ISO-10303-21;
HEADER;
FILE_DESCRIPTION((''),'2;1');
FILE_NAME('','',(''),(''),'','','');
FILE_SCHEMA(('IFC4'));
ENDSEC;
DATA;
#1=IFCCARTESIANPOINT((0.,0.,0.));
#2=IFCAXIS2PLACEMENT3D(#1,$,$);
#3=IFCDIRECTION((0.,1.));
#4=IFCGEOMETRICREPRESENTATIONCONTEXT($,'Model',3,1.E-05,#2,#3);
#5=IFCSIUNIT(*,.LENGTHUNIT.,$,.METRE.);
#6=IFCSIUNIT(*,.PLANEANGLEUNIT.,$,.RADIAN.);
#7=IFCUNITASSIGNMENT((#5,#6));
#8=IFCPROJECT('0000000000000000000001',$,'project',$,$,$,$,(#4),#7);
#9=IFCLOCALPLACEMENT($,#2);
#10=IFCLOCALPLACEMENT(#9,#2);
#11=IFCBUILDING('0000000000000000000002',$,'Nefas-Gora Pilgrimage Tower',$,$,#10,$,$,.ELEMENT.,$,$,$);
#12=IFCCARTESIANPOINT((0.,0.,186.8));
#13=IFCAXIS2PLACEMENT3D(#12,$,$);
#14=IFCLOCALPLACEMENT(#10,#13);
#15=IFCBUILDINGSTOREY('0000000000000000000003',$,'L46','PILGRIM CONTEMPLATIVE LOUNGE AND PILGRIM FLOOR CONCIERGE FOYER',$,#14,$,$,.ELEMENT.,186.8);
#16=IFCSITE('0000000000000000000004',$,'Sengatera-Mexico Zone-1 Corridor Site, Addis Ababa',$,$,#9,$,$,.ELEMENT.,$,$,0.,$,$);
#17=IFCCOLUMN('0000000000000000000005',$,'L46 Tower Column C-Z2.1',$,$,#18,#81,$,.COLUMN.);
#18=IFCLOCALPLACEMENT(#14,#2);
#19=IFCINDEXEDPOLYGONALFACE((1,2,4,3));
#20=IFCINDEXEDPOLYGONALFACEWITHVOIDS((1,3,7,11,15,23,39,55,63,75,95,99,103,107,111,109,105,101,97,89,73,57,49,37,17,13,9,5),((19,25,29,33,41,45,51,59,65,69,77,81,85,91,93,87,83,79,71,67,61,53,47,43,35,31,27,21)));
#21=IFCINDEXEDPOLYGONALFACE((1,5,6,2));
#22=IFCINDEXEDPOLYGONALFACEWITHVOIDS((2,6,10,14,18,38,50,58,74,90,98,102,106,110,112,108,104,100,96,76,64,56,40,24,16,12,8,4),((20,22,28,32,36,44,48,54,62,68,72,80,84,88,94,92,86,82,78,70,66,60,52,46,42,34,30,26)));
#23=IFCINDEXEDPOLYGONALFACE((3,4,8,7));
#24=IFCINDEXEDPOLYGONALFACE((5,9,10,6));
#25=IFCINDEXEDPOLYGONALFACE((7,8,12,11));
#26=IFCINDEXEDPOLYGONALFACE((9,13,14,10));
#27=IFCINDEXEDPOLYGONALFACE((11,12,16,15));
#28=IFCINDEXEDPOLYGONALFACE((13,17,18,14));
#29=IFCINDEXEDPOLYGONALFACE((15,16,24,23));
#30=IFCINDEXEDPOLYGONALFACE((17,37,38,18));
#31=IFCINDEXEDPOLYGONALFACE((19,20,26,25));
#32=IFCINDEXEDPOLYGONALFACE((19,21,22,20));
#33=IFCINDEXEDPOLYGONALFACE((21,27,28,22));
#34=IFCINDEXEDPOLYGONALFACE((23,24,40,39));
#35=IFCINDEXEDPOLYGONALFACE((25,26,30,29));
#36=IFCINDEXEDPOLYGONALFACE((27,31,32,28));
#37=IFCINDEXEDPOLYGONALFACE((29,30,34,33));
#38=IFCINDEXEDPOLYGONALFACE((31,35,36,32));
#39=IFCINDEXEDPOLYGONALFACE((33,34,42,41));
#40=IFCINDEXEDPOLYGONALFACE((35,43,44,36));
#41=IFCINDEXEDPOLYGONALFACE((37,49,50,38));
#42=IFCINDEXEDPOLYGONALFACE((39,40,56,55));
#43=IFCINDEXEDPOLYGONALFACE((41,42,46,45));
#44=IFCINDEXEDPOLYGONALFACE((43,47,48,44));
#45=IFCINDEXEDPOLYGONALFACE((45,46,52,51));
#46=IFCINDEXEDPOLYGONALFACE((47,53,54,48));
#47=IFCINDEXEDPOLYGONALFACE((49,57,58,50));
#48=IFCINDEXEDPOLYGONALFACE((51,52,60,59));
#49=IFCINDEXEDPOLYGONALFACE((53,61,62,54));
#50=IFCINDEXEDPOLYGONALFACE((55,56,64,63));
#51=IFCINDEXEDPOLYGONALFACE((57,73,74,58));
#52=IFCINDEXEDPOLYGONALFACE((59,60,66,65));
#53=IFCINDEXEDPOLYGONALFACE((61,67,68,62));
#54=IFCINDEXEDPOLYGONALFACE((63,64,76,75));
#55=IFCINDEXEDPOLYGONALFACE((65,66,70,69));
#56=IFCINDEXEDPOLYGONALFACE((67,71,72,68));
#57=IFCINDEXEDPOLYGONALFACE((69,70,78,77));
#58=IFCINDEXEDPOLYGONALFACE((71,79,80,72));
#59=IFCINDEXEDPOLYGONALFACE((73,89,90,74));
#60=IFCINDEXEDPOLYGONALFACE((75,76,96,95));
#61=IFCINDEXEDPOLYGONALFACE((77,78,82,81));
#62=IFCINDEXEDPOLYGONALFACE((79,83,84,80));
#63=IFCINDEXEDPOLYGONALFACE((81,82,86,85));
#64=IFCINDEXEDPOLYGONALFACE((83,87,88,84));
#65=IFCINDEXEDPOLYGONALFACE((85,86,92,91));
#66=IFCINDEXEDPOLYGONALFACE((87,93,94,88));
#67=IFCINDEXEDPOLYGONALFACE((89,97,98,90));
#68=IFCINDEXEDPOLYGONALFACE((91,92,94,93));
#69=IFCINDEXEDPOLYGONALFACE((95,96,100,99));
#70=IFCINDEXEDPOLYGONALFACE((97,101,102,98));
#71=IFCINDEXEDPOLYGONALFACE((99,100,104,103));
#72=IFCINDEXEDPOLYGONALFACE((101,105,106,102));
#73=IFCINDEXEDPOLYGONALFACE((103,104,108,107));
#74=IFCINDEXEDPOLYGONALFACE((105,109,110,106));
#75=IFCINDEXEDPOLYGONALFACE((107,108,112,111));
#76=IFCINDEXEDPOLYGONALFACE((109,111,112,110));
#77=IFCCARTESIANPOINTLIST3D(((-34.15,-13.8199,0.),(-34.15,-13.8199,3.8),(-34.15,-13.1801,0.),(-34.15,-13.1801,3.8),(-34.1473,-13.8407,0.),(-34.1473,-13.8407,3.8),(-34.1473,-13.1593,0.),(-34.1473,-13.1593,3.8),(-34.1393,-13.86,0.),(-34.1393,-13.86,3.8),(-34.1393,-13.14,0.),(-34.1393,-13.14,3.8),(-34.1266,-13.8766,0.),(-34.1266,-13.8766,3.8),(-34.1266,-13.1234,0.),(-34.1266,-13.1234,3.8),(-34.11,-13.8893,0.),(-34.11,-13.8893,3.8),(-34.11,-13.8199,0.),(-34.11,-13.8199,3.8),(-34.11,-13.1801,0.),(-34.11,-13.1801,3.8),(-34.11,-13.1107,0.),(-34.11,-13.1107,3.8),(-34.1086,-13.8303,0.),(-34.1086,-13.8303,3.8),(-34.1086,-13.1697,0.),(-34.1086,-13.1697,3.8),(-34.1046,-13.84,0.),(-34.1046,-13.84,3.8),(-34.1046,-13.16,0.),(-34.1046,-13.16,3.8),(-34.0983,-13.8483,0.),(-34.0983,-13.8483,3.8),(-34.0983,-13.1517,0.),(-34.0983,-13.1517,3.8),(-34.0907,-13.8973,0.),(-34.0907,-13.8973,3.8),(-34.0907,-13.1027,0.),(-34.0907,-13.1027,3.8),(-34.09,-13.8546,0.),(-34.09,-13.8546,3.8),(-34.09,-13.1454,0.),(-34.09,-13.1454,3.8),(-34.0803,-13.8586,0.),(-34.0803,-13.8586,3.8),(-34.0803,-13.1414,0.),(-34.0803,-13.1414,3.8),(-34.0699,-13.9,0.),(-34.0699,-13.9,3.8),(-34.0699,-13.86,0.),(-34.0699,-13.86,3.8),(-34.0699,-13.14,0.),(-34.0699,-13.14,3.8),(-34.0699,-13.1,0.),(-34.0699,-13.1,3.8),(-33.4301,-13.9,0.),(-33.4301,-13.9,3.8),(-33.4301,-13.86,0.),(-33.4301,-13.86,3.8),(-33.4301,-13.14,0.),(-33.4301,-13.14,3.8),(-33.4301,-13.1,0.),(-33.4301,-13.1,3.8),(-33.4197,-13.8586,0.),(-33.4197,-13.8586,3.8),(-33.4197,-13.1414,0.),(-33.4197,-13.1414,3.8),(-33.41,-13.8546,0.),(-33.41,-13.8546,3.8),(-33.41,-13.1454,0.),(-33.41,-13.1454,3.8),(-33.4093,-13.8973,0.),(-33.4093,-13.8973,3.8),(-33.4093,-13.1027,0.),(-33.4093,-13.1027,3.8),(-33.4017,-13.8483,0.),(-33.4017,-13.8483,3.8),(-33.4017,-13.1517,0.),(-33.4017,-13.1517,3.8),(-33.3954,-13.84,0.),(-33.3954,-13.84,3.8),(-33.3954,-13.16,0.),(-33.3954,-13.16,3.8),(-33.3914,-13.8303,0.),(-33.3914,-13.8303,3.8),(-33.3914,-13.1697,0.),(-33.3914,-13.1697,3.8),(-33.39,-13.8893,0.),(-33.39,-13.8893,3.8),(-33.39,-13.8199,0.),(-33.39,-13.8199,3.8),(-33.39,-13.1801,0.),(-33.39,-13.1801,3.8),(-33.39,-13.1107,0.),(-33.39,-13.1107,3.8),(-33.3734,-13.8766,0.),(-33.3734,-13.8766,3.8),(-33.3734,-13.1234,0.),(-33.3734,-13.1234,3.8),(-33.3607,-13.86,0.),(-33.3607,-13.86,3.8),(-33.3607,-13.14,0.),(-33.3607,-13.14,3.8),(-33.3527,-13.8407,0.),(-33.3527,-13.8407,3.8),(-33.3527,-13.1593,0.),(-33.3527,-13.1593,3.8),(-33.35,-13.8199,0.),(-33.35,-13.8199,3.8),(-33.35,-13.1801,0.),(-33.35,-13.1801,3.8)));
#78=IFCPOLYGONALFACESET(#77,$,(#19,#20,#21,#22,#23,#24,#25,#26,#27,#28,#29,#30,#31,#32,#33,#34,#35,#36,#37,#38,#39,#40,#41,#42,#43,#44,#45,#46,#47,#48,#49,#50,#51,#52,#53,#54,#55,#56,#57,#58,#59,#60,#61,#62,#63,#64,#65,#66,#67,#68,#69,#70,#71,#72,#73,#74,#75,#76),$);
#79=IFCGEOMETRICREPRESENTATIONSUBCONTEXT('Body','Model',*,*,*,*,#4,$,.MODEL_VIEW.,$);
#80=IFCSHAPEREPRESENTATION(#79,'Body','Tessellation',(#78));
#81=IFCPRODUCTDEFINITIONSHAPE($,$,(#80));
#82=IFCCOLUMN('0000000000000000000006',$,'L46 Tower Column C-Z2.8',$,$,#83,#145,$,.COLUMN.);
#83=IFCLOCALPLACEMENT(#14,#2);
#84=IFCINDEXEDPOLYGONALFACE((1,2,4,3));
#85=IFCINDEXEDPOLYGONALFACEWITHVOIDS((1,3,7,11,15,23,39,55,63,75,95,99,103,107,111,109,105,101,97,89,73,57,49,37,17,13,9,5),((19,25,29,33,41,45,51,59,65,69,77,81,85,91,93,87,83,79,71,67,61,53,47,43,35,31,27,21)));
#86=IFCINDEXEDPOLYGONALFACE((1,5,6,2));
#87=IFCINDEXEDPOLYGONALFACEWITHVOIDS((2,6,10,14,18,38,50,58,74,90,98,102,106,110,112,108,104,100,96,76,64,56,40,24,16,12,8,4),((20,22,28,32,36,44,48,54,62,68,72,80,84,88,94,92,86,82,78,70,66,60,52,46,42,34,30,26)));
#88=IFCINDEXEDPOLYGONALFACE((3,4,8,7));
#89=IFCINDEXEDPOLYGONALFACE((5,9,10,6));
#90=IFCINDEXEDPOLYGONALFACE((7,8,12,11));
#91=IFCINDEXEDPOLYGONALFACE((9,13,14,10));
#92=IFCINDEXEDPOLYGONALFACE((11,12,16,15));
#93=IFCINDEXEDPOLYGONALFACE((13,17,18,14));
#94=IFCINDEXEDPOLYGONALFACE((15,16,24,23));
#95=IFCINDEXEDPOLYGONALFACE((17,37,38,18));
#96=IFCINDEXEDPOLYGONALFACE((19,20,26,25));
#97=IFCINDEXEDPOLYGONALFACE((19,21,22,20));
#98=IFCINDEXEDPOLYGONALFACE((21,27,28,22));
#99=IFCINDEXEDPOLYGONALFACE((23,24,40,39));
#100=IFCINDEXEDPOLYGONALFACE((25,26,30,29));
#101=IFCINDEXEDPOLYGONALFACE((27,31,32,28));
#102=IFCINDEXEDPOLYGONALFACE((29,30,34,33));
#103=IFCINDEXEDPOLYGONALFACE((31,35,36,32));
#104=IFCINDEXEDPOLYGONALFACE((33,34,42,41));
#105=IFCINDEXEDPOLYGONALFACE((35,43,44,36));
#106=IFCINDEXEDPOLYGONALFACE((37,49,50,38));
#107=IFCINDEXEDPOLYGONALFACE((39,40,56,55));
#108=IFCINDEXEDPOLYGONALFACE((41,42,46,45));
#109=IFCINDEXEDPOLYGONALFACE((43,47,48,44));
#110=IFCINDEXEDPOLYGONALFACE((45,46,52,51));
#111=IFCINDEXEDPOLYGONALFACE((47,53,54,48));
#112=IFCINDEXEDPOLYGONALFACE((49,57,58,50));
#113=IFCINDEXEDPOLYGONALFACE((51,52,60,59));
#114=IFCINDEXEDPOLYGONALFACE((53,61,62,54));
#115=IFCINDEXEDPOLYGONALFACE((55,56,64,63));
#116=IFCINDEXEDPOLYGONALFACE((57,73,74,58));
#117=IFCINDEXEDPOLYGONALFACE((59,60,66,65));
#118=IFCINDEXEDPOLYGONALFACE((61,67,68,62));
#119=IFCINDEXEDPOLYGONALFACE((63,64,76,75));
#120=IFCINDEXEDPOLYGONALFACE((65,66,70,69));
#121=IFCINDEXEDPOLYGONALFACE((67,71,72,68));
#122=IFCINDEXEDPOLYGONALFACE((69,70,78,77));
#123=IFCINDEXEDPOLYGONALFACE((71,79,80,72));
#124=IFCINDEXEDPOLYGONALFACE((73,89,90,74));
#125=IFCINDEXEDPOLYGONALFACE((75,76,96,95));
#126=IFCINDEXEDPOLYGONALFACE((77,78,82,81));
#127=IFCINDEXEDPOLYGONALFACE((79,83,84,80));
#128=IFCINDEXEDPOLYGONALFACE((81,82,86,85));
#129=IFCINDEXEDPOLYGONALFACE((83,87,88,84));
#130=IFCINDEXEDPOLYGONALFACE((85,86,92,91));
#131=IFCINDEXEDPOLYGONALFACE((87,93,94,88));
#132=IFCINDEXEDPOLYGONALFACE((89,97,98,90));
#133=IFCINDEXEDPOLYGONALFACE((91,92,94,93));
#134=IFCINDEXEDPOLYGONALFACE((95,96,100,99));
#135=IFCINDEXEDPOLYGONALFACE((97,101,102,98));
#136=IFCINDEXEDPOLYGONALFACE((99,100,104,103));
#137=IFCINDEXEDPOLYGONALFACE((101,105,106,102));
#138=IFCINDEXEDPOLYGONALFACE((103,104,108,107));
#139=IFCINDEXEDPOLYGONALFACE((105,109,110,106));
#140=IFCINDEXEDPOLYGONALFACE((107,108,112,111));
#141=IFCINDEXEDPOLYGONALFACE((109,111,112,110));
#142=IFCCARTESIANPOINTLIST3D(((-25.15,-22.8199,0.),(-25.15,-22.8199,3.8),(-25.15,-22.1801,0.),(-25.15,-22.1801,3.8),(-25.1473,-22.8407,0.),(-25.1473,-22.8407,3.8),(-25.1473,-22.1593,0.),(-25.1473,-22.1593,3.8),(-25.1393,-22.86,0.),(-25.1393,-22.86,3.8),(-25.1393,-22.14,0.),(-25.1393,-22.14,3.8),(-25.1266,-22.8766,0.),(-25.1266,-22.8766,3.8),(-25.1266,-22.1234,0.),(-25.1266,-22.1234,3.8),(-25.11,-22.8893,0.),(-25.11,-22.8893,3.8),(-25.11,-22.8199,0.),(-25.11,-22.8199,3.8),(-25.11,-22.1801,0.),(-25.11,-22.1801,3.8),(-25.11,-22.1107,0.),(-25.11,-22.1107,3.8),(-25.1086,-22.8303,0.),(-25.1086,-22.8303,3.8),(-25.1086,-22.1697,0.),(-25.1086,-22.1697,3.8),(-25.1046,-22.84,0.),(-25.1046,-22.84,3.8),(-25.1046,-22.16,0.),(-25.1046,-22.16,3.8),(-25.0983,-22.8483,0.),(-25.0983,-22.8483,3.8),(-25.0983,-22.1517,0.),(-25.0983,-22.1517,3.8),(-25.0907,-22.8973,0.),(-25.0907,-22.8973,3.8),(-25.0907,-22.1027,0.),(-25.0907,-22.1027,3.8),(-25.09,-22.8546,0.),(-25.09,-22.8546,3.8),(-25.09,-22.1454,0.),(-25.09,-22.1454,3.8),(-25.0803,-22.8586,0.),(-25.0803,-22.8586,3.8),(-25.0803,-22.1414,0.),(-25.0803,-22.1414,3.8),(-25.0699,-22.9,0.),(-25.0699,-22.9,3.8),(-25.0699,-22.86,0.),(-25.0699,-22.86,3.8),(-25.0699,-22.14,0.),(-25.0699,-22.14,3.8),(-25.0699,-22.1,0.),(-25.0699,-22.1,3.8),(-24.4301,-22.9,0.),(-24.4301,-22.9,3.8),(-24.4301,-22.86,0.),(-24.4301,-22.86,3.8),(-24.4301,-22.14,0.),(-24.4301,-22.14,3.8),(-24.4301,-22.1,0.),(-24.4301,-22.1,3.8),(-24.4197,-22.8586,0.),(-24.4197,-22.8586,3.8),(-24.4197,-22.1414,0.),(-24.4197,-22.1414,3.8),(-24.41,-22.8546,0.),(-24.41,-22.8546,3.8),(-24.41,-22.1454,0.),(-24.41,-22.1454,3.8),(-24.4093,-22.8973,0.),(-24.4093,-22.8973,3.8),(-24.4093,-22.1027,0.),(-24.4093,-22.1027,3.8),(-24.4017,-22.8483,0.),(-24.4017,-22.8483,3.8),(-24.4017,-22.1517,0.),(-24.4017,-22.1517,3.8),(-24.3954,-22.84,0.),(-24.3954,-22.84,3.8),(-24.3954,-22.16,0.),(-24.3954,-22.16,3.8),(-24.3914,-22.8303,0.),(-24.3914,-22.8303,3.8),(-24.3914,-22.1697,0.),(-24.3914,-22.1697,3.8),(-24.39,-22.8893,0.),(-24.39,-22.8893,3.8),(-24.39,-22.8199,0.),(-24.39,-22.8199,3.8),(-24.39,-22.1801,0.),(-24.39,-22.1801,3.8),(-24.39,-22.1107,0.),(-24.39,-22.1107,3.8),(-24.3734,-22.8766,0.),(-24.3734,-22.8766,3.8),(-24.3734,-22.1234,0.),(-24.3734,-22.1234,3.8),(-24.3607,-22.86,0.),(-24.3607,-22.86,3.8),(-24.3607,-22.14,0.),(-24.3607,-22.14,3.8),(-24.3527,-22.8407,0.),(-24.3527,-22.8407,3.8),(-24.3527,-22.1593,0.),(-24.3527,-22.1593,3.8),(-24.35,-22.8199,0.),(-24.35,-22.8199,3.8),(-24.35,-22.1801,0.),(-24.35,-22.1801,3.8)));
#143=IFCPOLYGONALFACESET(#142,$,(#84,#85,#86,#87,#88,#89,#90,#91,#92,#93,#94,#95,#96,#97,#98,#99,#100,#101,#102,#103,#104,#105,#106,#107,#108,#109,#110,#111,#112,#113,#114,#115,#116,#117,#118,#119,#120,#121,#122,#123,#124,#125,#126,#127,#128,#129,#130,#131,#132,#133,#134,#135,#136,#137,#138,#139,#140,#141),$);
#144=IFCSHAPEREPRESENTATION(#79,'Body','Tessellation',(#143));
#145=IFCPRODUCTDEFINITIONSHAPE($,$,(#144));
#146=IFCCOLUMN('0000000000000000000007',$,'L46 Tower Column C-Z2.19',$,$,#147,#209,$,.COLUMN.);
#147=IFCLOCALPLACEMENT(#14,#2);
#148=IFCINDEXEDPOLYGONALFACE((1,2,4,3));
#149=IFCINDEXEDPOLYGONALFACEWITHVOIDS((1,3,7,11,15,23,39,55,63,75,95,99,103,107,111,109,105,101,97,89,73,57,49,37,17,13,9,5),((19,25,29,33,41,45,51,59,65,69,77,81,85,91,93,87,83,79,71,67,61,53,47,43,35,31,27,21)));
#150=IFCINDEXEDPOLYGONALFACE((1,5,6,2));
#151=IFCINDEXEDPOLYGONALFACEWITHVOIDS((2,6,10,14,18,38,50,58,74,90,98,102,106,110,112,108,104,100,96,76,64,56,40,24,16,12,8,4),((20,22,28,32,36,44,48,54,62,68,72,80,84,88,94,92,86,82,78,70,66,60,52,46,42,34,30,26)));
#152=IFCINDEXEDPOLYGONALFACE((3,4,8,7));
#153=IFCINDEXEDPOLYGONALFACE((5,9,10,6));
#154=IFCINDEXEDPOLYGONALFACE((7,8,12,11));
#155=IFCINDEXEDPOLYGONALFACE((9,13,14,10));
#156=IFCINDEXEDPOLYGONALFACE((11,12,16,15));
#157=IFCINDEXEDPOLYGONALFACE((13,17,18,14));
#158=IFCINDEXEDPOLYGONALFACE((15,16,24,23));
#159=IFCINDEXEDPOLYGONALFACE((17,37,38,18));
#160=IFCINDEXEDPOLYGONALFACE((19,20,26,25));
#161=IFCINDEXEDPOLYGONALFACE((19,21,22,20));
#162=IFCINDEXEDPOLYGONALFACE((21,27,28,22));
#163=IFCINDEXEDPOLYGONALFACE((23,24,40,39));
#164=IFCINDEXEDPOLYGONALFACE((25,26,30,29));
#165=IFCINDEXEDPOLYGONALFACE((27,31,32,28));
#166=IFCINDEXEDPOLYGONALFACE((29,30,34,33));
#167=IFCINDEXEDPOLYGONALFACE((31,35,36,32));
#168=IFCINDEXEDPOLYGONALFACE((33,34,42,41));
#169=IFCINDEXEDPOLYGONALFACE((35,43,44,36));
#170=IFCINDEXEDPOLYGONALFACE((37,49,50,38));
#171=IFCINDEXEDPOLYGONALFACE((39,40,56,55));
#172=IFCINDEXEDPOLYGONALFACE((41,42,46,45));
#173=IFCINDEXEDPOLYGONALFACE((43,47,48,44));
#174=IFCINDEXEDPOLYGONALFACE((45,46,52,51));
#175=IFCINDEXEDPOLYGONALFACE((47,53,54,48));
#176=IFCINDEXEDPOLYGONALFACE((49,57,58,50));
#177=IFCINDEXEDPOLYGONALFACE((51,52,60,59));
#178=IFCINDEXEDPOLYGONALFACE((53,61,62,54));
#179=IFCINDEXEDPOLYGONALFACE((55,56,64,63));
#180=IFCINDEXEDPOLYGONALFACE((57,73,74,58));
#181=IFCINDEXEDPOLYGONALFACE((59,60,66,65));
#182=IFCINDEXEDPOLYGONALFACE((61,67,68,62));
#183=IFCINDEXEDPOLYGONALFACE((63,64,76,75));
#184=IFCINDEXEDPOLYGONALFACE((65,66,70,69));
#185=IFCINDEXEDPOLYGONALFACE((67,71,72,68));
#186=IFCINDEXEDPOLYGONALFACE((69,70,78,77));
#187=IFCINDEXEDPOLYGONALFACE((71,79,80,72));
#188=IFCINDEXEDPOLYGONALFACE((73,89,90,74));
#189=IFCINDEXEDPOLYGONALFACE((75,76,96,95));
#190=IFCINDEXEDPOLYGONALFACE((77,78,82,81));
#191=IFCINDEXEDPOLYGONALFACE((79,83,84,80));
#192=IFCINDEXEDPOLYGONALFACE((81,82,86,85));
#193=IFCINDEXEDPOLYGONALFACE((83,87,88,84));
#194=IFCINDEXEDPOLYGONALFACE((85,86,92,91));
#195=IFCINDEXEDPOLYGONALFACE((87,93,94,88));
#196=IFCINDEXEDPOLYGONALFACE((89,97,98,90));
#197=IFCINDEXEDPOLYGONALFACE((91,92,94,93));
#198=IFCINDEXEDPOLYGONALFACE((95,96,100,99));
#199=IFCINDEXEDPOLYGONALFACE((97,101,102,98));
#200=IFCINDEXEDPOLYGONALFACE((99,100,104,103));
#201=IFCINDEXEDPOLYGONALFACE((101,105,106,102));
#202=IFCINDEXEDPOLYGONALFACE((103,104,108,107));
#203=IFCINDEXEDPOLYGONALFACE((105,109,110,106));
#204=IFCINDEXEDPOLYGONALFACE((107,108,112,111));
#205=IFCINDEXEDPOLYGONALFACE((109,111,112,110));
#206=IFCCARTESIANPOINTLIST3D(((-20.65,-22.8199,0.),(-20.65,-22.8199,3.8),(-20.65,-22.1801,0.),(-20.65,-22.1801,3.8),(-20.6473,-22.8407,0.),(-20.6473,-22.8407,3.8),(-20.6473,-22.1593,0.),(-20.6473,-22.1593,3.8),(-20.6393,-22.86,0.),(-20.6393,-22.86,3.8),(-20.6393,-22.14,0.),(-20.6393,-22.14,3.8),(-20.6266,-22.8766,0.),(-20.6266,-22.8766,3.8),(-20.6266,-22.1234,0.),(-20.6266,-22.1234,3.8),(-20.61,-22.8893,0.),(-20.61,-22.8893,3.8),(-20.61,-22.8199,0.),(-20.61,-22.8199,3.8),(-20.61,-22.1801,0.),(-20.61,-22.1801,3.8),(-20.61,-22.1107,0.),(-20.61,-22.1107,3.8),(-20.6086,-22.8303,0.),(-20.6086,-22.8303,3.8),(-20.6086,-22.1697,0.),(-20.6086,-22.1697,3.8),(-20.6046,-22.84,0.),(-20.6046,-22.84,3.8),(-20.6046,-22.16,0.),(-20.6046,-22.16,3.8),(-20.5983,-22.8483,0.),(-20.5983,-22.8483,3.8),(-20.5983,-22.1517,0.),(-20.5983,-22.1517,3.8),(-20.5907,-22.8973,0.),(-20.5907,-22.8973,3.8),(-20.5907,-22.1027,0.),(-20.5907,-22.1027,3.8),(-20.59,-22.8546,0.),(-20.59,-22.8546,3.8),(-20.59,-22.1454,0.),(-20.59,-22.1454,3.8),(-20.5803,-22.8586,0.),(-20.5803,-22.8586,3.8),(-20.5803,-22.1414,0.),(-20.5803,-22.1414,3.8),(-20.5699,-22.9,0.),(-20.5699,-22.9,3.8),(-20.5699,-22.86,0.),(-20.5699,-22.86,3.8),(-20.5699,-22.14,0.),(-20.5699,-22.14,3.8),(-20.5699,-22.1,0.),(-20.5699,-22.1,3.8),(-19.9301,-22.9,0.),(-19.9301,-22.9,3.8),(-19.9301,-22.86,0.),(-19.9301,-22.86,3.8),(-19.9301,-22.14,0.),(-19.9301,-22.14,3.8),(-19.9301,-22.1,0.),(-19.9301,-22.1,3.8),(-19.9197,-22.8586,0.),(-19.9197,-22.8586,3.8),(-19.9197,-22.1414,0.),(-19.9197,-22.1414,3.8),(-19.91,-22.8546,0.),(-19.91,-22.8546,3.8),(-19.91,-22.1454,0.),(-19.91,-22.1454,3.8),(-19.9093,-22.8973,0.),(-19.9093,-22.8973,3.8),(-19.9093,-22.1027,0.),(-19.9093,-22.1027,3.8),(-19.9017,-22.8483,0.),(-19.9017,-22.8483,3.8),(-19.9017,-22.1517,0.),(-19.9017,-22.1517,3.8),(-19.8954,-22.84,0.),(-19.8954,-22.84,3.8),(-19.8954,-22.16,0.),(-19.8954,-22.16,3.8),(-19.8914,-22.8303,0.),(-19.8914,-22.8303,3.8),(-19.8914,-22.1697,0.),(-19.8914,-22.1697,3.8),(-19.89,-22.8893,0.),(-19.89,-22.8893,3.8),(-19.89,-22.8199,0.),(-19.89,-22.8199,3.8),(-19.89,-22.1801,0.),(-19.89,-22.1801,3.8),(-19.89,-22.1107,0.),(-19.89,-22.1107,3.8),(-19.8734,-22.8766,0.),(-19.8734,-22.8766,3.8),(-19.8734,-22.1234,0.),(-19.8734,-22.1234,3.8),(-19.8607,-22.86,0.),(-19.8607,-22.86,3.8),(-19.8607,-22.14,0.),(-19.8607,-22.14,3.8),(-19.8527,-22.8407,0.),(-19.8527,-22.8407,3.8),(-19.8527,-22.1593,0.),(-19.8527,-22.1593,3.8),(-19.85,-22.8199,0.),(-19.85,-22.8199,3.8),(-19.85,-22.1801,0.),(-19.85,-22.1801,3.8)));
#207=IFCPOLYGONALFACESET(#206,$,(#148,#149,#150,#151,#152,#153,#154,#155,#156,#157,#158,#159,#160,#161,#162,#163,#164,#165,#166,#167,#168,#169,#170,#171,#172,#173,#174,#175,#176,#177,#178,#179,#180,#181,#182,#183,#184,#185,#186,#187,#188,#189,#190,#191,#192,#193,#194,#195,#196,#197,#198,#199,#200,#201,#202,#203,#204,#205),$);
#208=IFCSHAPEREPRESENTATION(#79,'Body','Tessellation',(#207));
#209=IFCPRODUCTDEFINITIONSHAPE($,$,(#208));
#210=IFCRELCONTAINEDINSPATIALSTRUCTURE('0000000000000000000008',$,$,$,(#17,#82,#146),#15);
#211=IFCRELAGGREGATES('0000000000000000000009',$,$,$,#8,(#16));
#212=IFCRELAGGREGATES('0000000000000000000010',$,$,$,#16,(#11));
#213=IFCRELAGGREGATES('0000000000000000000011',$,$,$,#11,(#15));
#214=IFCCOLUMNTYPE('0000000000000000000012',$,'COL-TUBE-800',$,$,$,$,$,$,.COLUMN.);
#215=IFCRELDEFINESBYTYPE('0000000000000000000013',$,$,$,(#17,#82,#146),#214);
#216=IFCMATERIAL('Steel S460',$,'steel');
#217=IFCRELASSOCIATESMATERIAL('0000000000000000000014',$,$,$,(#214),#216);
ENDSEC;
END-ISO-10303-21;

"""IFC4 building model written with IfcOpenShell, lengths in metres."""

from ifc_helpers import new_model, si_unit, direction, frame, origin, origin_2d, place, context, subcontext, project, spatial, hollow_rectangle, extrude, source, transform, mapped, material, material_profile, profile_set, type_object, element, save


model = new_model("IFC4")

# Units and contexts
model_context = context("Model", 3, precision=1e-05, world=origin(), true_north=direction((0.0, 1.0)))
body_context = subcontext(model_context, "Body", "Model", "MODEL_VIEW")
ifc_project = project(units=[si_unit("LENGTHUNIT", "METRE"), si_unit("PLANEANGLEUNIT", "RADIAN")], contexts=[model_context])

# Site, building, storey
site_placement = place(None, origin())
site = spatial("IfcSite", under=ifc_project, at=site_placement, Name="Sengatera-Mexico Zone-1 Corridor Site, Addis Ababa", CompositionType="ELEMENT", RefElevation=0.0)
building_placement = place(site_placement, origin())
building = spatial("IfcBuilding", under=site, at=building_placement, Name="Nefas-Gora Pilgrimage Tower", CompositionType="ELEMENT")
storey_placement = place(building_placement, frame((0.0, 0.0, 186.8)))
storey = spatial("IfcBuildingStorey", under=building, at=storey_placement, Name="L46", Description="PILGRIM CONTEMPLATIVE LOUNGE AND PILGRIM FLOOR CONCIERGE FOYER", CompositionType="ELEMENT", Elevation=186.8)

# Columns
ifc_material_1 = material(Name="Steel S460", Category="steel")
ifc_material_profile_1 = material_profile(ifc_material_1, hollow_rectangle(XDim=0.8, YDim=0.8, WallThickness=0.04, InnerFilletRadius=0.04, OuterFilletRadius=0.0801, at=origin_2d()), Name="BOX 800x800x40")
ifc_profile_set_1 = profile_set([ifc_material_profile_1], Name="Steel S460")
column_type_1 = type_object("IfcColumnType", Name="COL-TUBE-800", PredefinedType="COLUMN", material=ifc_profile_set_1)
shared_shape_1 = source(origin(), body_context, "Body", "SweptSolid", [
    extrude(hollow_rectangle(XDim=0.8, YDim=0.8, WallThickness=0.04, InnerFilletRadius=0.04, OuterFilletRadius=0.0801, at=origin_2d()), origin(), (0.0, 0.0, 1.0), 3.8),
])
for number, where, z_axis, x_axis, name in (
    (1, (-33.75, -13.5, 0.0), (0.0, 0.0, 1.0), (1.0, 0.0, 0.0), "L46 Tower Column C-Z2.1"),
    (2, (-24.75, -22.5, 0.0), (0.0, 0.0, 1.0), (1.0, 0.0, 0.0), "L46 Tower Column C-Z2.8"),
    (3, (-20.25, -22.5, 0.0), (0.0, 0.0, 1.0), (1.0, 0.0, 0.0), "L46 Tower Column C-Z2.19"),
):
    element("IfcColumn", number, at=place(storey_placement, frame(where, z_axis=z_axis, x_axis=x_axis)), inside=storey, type_object=column_type_1, Name=name, PredefinedType="COLUMN", context=body_context, shape_type="MappedRepresentation", body=[
        mapped(shared_shape_1, transform((0.0, 0.0, 0.0), x_axis=(1.0, 0.0, 0.0), y_axis=(0.0, 1.0, 0.0), z_axis=(0.0, 0.0, 1.0), scale=1.0)),
    ])

save(model, "model.ifc")
